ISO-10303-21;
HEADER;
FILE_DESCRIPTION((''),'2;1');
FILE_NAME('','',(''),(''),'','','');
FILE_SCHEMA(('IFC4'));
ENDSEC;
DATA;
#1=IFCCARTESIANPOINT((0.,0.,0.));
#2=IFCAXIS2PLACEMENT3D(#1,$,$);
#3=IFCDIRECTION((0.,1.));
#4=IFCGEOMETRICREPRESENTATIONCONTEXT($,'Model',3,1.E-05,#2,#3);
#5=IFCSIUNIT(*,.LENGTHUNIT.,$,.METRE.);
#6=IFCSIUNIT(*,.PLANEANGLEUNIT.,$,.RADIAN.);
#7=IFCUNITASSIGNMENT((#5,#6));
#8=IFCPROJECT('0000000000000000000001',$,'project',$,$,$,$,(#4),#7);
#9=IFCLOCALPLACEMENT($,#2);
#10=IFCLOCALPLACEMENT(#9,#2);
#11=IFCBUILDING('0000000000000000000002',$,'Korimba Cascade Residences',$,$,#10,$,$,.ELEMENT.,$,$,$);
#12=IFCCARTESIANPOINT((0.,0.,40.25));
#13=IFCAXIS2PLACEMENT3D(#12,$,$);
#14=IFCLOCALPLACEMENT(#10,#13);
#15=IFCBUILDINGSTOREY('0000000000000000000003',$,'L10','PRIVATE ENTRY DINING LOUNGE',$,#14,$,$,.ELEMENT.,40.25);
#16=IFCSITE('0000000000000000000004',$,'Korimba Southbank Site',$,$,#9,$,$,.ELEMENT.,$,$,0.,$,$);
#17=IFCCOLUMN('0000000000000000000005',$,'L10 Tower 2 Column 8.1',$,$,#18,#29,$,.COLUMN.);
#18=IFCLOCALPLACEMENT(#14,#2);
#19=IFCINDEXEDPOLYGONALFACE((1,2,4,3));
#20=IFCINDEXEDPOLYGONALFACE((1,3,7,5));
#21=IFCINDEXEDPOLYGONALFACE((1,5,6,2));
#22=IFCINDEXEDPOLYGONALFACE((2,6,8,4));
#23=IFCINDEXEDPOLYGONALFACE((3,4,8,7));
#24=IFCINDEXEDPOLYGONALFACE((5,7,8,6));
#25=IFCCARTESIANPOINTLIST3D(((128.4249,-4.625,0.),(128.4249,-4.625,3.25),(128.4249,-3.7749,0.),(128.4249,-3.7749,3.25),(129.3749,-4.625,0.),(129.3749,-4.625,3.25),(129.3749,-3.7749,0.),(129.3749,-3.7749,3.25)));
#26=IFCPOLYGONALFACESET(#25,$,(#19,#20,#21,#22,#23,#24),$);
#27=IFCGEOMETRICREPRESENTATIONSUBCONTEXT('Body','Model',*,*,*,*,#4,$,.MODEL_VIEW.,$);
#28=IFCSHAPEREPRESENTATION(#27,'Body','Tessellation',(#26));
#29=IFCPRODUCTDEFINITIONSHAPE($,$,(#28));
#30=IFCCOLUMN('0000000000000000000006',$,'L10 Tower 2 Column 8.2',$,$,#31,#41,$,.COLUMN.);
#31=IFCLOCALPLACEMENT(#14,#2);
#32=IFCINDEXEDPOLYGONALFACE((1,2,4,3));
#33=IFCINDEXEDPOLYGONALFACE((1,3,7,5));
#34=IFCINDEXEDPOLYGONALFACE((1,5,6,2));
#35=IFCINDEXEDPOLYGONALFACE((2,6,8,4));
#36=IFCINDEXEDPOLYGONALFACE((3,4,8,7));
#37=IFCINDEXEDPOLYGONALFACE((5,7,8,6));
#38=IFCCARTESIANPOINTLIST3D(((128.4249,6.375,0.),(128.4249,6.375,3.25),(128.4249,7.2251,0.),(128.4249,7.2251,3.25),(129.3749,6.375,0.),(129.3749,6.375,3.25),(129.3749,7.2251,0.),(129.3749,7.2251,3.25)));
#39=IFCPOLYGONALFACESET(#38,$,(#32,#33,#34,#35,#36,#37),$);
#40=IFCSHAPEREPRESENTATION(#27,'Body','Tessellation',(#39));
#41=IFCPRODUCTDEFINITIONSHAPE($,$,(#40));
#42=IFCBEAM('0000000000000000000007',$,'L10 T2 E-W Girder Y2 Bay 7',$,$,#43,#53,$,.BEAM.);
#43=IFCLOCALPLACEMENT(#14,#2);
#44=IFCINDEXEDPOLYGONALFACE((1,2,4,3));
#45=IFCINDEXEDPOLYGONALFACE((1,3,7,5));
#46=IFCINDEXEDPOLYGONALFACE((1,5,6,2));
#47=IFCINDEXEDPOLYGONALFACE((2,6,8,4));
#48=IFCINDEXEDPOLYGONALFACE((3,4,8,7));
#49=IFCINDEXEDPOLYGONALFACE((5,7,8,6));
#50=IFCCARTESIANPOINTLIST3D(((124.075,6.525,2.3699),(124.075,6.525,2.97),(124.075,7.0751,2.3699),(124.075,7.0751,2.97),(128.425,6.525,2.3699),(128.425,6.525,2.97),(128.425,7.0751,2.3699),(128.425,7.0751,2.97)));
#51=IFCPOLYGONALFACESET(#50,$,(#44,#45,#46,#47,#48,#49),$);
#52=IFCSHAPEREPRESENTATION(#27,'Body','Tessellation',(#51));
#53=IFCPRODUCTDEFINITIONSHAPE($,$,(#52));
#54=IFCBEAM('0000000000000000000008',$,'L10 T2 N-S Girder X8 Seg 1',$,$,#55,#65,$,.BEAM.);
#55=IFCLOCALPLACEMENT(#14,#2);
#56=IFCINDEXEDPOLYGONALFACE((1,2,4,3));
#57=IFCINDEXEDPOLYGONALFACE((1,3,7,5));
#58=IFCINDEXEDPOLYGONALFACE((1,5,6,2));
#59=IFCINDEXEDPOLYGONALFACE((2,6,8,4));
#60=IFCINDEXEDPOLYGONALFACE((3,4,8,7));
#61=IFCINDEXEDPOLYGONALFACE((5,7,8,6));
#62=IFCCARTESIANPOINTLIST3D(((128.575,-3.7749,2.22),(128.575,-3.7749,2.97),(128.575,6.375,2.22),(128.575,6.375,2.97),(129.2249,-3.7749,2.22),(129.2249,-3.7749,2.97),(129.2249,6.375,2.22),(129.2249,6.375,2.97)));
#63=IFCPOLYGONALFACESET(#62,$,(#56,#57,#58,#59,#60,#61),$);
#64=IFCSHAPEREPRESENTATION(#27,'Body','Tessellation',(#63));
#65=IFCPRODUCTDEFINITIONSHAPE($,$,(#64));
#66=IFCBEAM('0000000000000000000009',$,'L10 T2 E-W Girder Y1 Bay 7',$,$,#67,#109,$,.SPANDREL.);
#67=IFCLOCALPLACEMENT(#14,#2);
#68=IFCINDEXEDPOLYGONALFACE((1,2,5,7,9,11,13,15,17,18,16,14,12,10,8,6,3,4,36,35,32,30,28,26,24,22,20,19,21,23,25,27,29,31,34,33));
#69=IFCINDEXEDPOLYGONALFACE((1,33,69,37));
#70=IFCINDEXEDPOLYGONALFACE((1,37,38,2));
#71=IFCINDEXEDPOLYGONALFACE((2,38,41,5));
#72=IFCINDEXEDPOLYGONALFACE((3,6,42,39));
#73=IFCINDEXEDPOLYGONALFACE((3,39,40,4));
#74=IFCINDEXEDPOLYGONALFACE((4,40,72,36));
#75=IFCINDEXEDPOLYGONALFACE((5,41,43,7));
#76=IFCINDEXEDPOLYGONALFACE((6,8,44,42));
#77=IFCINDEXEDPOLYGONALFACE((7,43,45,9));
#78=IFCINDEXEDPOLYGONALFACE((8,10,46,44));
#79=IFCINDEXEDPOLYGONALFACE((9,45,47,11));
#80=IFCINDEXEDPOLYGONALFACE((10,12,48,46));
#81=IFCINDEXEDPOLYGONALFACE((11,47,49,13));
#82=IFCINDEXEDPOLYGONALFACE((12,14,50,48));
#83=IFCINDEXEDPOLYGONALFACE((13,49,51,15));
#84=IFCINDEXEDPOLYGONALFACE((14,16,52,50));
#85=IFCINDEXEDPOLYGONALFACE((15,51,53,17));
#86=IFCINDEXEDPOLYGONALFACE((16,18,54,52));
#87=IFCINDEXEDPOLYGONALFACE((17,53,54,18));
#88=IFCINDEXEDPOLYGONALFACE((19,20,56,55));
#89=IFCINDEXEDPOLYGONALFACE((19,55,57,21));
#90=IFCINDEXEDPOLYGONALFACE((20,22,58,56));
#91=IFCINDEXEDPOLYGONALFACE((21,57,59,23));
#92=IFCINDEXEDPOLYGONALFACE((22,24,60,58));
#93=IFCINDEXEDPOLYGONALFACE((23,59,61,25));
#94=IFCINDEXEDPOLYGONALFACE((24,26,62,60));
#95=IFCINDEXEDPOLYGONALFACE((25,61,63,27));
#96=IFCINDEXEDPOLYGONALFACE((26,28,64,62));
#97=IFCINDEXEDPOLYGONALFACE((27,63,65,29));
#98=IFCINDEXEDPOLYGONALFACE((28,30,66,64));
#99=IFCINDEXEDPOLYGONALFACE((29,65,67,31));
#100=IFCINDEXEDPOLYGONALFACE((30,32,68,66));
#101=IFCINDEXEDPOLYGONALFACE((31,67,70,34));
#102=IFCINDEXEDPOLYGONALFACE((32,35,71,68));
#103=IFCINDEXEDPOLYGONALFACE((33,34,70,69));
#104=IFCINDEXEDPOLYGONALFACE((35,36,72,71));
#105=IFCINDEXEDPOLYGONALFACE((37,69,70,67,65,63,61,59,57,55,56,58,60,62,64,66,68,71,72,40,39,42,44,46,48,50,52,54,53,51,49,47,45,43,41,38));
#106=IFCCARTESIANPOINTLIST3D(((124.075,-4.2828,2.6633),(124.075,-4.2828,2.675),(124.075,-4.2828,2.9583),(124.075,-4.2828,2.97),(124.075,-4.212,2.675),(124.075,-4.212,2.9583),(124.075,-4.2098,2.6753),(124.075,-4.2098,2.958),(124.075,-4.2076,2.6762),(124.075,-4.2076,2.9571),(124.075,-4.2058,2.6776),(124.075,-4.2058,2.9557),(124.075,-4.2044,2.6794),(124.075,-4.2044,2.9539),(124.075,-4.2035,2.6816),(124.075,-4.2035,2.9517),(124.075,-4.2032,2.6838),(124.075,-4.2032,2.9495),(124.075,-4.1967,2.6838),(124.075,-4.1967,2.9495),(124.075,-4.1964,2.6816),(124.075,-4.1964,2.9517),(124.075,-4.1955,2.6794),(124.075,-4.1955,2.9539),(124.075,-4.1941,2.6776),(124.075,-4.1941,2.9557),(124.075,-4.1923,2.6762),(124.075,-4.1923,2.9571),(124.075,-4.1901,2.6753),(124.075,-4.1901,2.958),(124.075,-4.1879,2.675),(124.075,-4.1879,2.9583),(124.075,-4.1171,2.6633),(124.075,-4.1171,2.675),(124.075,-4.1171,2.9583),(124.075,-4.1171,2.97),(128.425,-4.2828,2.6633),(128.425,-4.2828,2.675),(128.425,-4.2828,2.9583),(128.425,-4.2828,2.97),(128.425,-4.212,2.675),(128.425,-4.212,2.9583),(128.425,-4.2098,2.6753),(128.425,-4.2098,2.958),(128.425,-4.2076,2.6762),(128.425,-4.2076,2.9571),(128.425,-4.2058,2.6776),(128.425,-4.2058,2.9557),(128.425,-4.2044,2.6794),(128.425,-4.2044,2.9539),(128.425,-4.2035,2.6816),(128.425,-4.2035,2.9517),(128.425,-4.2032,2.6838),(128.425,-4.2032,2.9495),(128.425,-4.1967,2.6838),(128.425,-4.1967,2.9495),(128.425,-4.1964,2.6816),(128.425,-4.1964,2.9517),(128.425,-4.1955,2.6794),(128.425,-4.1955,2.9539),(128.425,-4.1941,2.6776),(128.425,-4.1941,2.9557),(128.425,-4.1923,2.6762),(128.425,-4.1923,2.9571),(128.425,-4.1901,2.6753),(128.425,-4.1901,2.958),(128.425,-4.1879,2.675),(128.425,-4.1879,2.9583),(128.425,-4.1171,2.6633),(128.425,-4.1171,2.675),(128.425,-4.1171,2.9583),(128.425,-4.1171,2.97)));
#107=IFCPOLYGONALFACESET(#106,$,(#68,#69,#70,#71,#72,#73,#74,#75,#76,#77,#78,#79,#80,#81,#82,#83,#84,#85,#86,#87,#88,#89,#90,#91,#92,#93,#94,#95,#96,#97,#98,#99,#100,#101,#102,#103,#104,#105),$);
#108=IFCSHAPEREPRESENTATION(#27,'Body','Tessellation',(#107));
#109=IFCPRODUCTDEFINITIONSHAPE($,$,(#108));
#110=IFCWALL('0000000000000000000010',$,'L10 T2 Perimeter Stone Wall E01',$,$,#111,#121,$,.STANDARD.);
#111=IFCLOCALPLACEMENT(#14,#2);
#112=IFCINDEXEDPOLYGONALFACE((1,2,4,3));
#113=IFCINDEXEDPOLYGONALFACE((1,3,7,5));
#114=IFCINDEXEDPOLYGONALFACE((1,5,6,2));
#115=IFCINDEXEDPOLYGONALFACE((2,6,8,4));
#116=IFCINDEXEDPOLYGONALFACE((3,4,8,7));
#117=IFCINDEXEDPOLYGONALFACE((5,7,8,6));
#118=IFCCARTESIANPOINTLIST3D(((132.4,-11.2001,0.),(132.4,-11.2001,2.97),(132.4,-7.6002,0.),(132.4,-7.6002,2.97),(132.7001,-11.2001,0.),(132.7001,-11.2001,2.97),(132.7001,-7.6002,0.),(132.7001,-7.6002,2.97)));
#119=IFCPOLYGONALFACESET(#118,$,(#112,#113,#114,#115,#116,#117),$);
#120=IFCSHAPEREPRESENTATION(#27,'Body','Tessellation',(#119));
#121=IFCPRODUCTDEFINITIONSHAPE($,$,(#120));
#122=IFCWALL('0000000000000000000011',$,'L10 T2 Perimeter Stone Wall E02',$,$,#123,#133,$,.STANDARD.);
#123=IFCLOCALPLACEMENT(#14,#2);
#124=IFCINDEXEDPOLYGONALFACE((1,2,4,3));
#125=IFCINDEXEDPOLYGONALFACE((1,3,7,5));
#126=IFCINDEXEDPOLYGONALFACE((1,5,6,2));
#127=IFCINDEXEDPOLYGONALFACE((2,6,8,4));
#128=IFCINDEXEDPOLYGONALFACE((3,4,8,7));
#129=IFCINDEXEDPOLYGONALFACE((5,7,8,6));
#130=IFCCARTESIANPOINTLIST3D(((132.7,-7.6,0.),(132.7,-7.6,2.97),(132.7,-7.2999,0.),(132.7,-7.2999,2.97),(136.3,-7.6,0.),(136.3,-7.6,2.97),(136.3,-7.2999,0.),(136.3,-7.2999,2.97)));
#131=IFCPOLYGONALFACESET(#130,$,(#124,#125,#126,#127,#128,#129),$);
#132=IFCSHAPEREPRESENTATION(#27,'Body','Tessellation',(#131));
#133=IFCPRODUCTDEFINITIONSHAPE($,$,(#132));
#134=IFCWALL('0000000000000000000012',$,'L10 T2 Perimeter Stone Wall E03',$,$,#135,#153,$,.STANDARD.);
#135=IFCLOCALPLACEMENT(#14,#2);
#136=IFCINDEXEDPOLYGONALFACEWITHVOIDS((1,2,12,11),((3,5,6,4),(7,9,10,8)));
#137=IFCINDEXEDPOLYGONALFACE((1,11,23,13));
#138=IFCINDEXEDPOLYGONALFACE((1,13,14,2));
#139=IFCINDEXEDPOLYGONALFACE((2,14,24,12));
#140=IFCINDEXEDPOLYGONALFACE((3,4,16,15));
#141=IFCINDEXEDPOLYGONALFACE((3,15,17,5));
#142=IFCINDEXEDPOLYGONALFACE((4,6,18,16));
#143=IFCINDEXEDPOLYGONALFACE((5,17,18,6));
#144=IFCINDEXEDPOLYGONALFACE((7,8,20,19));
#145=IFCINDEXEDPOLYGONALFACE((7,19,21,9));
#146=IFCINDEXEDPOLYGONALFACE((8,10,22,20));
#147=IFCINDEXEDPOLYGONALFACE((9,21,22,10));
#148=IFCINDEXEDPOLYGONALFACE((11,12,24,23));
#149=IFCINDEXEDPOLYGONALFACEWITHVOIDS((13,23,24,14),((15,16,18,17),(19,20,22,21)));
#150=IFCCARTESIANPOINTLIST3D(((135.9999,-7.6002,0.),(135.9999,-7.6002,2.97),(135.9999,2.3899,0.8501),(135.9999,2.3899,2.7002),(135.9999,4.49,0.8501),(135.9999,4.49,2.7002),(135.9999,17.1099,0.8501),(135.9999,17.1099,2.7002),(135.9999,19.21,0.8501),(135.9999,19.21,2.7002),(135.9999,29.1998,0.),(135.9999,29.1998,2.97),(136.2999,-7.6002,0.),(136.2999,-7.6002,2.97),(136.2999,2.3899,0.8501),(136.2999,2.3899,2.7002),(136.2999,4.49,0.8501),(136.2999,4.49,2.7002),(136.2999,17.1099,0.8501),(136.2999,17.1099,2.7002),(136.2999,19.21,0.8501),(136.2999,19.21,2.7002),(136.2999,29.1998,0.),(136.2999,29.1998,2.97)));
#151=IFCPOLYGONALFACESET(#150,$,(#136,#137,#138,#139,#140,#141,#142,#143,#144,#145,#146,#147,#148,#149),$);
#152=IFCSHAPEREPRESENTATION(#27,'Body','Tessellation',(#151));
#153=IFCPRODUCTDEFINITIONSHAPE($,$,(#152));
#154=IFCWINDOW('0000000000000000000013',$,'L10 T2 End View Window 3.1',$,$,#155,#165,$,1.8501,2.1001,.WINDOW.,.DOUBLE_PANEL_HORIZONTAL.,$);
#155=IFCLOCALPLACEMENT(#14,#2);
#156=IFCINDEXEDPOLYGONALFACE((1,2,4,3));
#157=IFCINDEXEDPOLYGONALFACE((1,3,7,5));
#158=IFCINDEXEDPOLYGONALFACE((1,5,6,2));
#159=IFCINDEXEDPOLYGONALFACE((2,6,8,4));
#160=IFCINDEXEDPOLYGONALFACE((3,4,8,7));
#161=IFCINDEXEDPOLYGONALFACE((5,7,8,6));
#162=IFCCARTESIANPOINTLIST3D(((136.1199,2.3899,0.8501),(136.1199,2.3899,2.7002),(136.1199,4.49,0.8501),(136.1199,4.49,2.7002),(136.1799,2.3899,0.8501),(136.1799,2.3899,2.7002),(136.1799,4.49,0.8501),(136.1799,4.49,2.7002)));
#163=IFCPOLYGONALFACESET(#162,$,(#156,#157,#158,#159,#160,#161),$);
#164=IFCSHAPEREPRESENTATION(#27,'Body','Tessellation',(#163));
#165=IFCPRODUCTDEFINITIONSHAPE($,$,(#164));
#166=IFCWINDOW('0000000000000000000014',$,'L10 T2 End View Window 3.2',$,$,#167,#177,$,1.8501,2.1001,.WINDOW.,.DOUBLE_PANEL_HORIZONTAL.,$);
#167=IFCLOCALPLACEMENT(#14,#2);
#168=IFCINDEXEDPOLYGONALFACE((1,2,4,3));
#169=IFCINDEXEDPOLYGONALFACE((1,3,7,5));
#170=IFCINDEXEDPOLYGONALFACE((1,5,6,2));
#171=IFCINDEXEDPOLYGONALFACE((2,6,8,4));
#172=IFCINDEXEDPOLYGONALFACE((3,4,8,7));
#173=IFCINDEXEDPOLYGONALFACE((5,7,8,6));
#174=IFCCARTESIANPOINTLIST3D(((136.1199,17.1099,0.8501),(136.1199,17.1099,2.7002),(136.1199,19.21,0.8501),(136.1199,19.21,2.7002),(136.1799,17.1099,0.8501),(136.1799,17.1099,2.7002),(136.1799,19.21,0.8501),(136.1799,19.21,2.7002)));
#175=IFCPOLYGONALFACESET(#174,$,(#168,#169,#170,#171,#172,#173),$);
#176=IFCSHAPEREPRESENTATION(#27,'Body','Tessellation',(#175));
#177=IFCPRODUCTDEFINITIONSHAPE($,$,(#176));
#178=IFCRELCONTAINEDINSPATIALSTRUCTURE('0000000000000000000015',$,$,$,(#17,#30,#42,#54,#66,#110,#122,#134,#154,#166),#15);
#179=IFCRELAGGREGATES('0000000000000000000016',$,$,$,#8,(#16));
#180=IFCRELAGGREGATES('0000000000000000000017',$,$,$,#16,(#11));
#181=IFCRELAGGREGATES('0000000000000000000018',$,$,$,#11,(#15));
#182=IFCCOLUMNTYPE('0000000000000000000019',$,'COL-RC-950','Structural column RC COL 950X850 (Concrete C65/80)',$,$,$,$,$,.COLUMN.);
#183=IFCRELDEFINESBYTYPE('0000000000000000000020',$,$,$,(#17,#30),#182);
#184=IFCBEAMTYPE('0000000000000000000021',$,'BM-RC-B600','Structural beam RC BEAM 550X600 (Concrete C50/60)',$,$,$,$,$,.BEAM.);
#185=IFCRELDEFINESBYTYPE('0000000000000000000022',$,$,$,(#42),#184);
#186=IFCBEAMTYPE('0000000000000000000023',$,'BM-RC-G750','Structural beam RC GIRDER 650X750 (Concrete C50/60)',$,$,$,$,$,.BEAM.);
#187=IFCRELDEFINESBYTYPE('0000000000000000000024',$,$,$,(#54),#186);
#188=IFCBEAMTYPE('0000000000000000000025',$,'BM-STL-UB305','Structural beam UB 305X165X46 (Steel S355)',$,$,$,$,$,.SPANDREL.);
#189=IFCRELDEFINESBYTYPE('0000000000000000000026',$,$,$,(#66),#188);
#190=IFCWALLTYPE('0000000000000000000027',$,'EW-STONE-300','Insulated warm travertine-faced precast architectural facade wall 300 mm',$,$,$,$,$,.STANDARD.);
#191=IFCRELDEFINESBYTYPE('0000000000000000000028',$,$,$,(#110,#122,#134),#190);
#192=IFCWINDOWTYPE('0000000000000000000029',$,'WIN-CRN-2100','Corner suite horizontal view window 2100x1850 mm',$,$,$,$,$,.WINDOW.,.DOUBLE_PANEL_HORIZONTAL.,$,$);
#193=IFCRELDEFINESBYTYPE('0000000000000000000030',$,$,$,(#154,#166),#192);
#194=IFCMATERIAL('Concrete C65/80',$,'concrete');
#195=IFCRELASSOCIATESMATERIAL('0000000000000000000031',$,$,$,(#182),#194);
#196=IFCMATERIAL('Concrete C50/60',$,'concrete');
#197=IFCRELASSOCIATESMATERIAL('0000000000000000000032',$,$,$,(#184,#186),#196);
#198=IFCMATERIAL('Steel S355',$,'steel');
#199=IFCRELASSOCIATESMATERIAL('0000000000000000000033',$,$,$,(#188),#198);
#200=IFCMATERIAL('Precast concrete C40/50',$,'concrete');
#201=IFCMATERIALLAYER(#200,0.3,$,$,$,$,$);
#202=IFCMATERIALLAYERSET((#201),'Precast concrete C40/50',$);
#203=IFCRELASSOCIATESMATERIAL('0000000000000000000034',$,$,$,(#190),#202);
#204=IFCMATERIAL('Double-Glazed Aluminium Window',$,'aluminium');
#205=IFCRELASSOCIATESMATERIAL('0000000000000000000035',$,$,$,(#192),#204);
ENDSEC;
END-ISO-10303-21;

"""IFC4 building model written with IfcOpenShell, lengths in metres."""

from ifc_helpers import new_model, si_unit, direction, frame, frame_2d, origin, origin_2d, place, context, subcontext, project, spatial, rectangle, i_section, extrude, material, layer, layer_set, material_profile, profile_set, type_object, element, fill, save


model = new_model("IFC4")

# Units and contexts
model_context = context("Model", 3, precision=1e-05, world=origin(), true_north=direction((0.0, 1.0)))
body_context = subcontext(model_context, "Body", "Model", "MODEL_VIEW")
ifc_project = project(units=[si_unit("LENGTHUNIT", "METRE"), si_unit("PLANEANGLEUNIT", "RADIAN")], contexts=[model_context])

# Site, building, storey
site_placement = place(None, origin())
site = spatial("IfcSite", under=ifc_project, at=site_placement, Name="Korimba Southbank Site", CompositionType="ELEMENT", RefElevation=0.0)
building_placement = place(site_placement, origin())
building = spatial("IfcBuilding", under=site, at=building_placement, Name="Korimba Cascade Residences", CompositionType="ELEMENT")
storey_placement = place(building_placement, frame((0.0, 0.0, 40.25)))
storey = spatial("IfcBuildingStorey", under=building, at=storey_placement, Name="L10", Description="PRIVATE ENTRY DINING LOUNGE", CompositionType="ELEMENT", Elevation=40.25)

# Columns
ifc_material_1 = material(Name="Concrete C65/80", Category="concrete")
ifc_material_profile_1 = material_profile(ifc_material_1, rectangle(XDim=0.95, YDim=0.8501, at=origin_2d()), Name="Concrete C65/80")
ifc_profile_set_1 = profile_set([ifc_material_profile_1], Name="Concrete C65/80")
column_type = type_object("IfcColumnType", Name="COL-RC-950", Description="Structural column RC COL 950X850 (Concrete C65/80)", PredefinedType="COLUMN", material=ifc_profile_set_1)
for number, where, z_axis, x_axis, name in (
    (1, (128.8999, -4.2, 0.0), (0.0, 0.0, 1.0), (1.0, 0.0, 0.0), "L10 Tower 2 Column 8.1"),
    (2, (128.8999, 6.8, 0.0), (0.0, 0.0, 1.0), (1.0, 0.0, 0.0), "L10 Tower 2 Column 8.2"),
):
    element("IfcColumn", number, at=place(storey_placement, frame(where, z_axis=z_axis, x_axis=x_axis)), inside=storey, type_object=column_type, Name=name, PredefinedType="COLUMN", context=body_context, shape_type="SweptSolid", body=[
        extrude(rectangle(XDim=0.95, YDim=0.8501, at=origin_2d()), origin(), (0.0, 0.0, 1.0), 3.25),
    ])

# Beams
ifc_material_2 = material(Name="Concrete C50/60", Category="concrete")
ifc_material_profile_2 = material_profile(ifc_material_2, rectangle(XDim=0.55, YDim=0.6001, at=origin_2d()), Name="Concrete C50/60")
ifc_profile_set_2 = profile_set([ifc_material_profile_2], Name="Concrete C50/60")
beam_type_1 = type_object("IfcBeamType", Name="BM-RC-B600", Description="Structural beam RC BEAM 550X600 (Concrete C50/60)", PredefinedType="BEAM", material=ifc_profile_set_2)
beam_1_placement = place(storey_placement, frame((124.075, 6.8, 2.6699), z_axis=(1.0, 0.0, 0.0), x_axis=(0.0, 1.0, 0.0)))
element("IfcBeam", 3, at=beam_1_placement, inside=storey, type_object=beam_type_1, Name="L10 T2 E-W Girder Y2 Bay 7", PredefinedType="BEAM", context=body_context, shape_type="SweptSolid", body=[
    extrude(rectangle(XDim=0.55, YDim=0.6001, at=origin_2d()), origin(), (0.0, 0.0, 1.0), 4.3501),
])
ifc_material_profile_3 = material_profile(ifc_material_2, rectangle(XDim=0.6499, YDim=0.75, at=origin_2d()), Name="Concrete C50/60")
ifc_profile_set_3 = profile_set([ifc_material_profile_3], Name="Concrete C50/60")
beam_type_2 = type_object("IfcBeamType", Name="BM-RC-G750", Description="Structural beam RC GIRDER 650X750 (Concrete C50/60)", PredefinedType="BEAM", material=ifc_profile_set_3)
beam_2_placement = place(storey_placement, frame((128.8999, -3.7749, 2.595), z_axis=(0.0, 1.0, 0.0), x_axis=(-1.0, 0.0, 0.0)))
element("IfcBeam", 4, at=beam_2_placement, inside=storey, type_object=beam_type_2, Name="L10 T2 N-S Girder X8 Seg 1", PredefinedType="BEAM", context=body_context, shape_type="SweptSolid", body=[
    extrude(rectangle(XDim=0.6499, YDim=0.75, at=origin_2d()), origin(), (0.0, 0.0, 1.0), 10.1499),
])
ifc_material_3 = material(Name="Steel S355", Category="steel")
ifc_material_profile_4 = material_profile(ifc_material_3, i_section(OverallWidth=0.1658, OverallDepth=0.3066, WebThickness=0.0066, FlangeThickness=0.0117, FilletRadius=0.0088, at=origin_2d()), Name="Steel S355")
ifc_profile_set_4 = profile_set([ifc_material_profile_4], Name="Steel S355")
beam_type_3 = type_object("IfcBeamType", Name="BM-STL-UB305", Description="Structural beam UB 305X165X46 (Steel S355)", PredefinedType="SPANDREL", material=ifc_profile_set_4)
beam_3_placement = place(storey_placement, frame((124.075, -4.2, 2.8167), z_axis=(1.0, 0.0, 0.0), x_axis=(0.0, 1.0, 0.0)))
element("IfcBeam", 5, at=beam_3_placement, inside=storey, type_object=beam_type_3, Name="L10 T2 E-W Girder Y1 Bay 7", PredefinedType="SPANDREL", context=body_context, shape_type="SweptSolid", body=[
    extrude(i_section(OverallWidth=0.1658, OverallDepth=0.3066, WebThickness=0.0066, FlangeThickness=0.0117, FilletRadius=0.0088, at=origin_2d()), origin(), (0.0, 0.0, 1.0), 4.3501),
])

# Walls
ifc_material_4 = material(Name="Precast concrete C40/50", Category="concrete")
ifc_layer_1 = layer(ifc_material_4, 0.3)
ifc_layer_set_1 = layer_set([ifc_layer_1], Name="Precast concrete C40/50")
wall_type_1 = type_object("IfcWallType", Name="EW-STONE-300", Description="Insulated warm travertine-faced precast architectural facade wall 300 mm", PredefinedType="STANDARD", material=ifc_layer_set_1)
wall_1_placement = place(storey_placement, frame((132.55, -11.2, 0.0), z_axis=(0.0, 0.0, 1.0), x_axis=(0.0, 1.0, 0.0)))
element("IfcWall", 6, at=wall_1_placement, inside=storey, type_object=wall_type_1, Name="L10 T2 Perimeter Stone Wall E01", PredefinedType="STANDARD", context=body_context, shape_type="SweptSolid", body=[
    extrude(rectangle(XDim=3.5999, YDim=0.3, at=frame_2d((1.7998, 0.0))), origin(), (0.0, 0.0, 1.0), 2.97),
])
wall_2_placement = place(storey_placement, frame((132.7, -7.45, 0.0), z_axis=(0.0, 0.0, 1.0), x_axis=(1.0, 0.0, 0.0)))
element("IfcWall", 7, at=wall_2_placement, inside=storey, type_object=wall_type_1, Name="L10 T2 Perimeter Stone Wall E02", PredefinedType="STANDARD", context=body_context, shape_type="SweptSolid", body=[
    extrude(rectangle(XDim=3.6001, YDim=0.3, at=frame_2d((1.8, 0.0))), origin(), (0.0, 0.0, 1.0), 2.97),
])

# Wall, openings, windows
wall_3_placement = place(storey_placement, frame((136.1499, -7.6001, 0.0), z_axis=(0.0, 0.0, 1.0), x_axis=(0.0, 1.0, 0.0)))
wall_3 = element("IfcWall", 8, at=wall_3_placement, inside=storey, type_object=wall_type_1, Name="L10 T2 Perimeter Stone Wall E03", PredefinedType="STANDARD", context=body_context, shape_type="SweptSolid", body=[
    extrude(rectangle(XDim=36.8, YDim=0.3, at=frame_2d((18.3999, 0.0))), origin(), (0.0, 0.0, 1.0), 2.97),
])
opening_1_placement = place(wall_3_placement, frame((9.99, 0.0, 0.8501)))
opening_1 = element("IfcOpeningElement", 9, at=opening_1_placement, cuts=wall_3, PredefinedType="OPENING", context=body_context, shape_type="SweptSolid", body=[
    extrude(rectangle(XDim=2.1001, YDim=1.8501, at=frame_2d((1.05, 0.925))), frame((0.0, 0.1602, 0.0), z_axis=(0.0, -1.0, 0.0), x_axis=(1.0, 0.0, 0.0)), (0.0, 0.0, 1.0), 0.3201),
])
opening_2_placement = place(wall_3_placement, frame((24.71, 0.0, 0.8501)))
opening_2 = element("IfcOpeningElement", 10, at=opening_2_placement, cuts=wall_3, PredefinedType="OPENING", context=body_context, shape_type="SweptSolid", body=[
    extrude(rectangle(XDim=2.1001, YDim=1.8501, at=frame_2d((1.05, 0.925))), frame((0.0, 0.1602, 0.0), z_axis=(0.0, -1.0, 0.0), x_axis=(1.0, 0.0, 0.0)), (0.0, 0.0, 1.0), 0.3201),
])
ifc_material_5 = material(Name="Double-Glazed Aluminium Window", Category="aluminium")
window_type = type_object("IfcWindowType", Name="WIN-CRN-2100", Description="Corner suite horizontal view window 2100x1850 mm", PartitioningType="DOUBLE_PANEL_HORIZONTAL", PredefinedType="WINDOW", material=ifc_material_5)
window_1_placement = place(opening_1_placement, origin())
window_1 = element("IfcWindow", 11, at=window_1_placement, inside=storey, type_object=window_type, Name="L10 T2 End View Window 3.1", OverallHeight=1.8501, OverallWidth=2.1001, PartitioningType="DOUBLE_PANEL_HORIZONTAL", PredefinedType="WINDOW", context=body_context, shape_type="SweptSolid", body=[
    extrude(rectangle(XDim=2.1001, YDim=1.8501, at=frame_2d((1.05, 0.925))), frame((0.0, 0.03, 0.0), z_axis=(0.0, -1.0, 0.0), x_axis=(1.0, 0.0, 0.0)), (0.0, 0.0, 1.0), 0.0601),
])
fill(opening_1, window_1)
window_2_placement = place(opening_2_placement, origin())
window_2 = element("IfcWindow", 12, at=window_2_placement, inside=storey, type_object=window_type, Name="L10 T2 End View Window 3.2", OverallHeight=1.8501, OverallWidth=2.1001, PartitioningType="DOUBLE_PANEL_HORIZONTAL", PredefinedType="WINDOW", context=body_context, shape_type="SweptSolid", body=[
    extrude(rectangle(XDim=2.1001, YDim=1.8501, at=frame_2d((1.05, 0.925))), frame((0.0, 0.03, 0.0), z_axis=(0.0, -1.0, 0.0), x_axis=(1.0, 0.0, 0.0)), (0.0, 0.0, 1.0), 0.0601),
])
fill(opening_2, window_2)

save(model, "model.ifc")
